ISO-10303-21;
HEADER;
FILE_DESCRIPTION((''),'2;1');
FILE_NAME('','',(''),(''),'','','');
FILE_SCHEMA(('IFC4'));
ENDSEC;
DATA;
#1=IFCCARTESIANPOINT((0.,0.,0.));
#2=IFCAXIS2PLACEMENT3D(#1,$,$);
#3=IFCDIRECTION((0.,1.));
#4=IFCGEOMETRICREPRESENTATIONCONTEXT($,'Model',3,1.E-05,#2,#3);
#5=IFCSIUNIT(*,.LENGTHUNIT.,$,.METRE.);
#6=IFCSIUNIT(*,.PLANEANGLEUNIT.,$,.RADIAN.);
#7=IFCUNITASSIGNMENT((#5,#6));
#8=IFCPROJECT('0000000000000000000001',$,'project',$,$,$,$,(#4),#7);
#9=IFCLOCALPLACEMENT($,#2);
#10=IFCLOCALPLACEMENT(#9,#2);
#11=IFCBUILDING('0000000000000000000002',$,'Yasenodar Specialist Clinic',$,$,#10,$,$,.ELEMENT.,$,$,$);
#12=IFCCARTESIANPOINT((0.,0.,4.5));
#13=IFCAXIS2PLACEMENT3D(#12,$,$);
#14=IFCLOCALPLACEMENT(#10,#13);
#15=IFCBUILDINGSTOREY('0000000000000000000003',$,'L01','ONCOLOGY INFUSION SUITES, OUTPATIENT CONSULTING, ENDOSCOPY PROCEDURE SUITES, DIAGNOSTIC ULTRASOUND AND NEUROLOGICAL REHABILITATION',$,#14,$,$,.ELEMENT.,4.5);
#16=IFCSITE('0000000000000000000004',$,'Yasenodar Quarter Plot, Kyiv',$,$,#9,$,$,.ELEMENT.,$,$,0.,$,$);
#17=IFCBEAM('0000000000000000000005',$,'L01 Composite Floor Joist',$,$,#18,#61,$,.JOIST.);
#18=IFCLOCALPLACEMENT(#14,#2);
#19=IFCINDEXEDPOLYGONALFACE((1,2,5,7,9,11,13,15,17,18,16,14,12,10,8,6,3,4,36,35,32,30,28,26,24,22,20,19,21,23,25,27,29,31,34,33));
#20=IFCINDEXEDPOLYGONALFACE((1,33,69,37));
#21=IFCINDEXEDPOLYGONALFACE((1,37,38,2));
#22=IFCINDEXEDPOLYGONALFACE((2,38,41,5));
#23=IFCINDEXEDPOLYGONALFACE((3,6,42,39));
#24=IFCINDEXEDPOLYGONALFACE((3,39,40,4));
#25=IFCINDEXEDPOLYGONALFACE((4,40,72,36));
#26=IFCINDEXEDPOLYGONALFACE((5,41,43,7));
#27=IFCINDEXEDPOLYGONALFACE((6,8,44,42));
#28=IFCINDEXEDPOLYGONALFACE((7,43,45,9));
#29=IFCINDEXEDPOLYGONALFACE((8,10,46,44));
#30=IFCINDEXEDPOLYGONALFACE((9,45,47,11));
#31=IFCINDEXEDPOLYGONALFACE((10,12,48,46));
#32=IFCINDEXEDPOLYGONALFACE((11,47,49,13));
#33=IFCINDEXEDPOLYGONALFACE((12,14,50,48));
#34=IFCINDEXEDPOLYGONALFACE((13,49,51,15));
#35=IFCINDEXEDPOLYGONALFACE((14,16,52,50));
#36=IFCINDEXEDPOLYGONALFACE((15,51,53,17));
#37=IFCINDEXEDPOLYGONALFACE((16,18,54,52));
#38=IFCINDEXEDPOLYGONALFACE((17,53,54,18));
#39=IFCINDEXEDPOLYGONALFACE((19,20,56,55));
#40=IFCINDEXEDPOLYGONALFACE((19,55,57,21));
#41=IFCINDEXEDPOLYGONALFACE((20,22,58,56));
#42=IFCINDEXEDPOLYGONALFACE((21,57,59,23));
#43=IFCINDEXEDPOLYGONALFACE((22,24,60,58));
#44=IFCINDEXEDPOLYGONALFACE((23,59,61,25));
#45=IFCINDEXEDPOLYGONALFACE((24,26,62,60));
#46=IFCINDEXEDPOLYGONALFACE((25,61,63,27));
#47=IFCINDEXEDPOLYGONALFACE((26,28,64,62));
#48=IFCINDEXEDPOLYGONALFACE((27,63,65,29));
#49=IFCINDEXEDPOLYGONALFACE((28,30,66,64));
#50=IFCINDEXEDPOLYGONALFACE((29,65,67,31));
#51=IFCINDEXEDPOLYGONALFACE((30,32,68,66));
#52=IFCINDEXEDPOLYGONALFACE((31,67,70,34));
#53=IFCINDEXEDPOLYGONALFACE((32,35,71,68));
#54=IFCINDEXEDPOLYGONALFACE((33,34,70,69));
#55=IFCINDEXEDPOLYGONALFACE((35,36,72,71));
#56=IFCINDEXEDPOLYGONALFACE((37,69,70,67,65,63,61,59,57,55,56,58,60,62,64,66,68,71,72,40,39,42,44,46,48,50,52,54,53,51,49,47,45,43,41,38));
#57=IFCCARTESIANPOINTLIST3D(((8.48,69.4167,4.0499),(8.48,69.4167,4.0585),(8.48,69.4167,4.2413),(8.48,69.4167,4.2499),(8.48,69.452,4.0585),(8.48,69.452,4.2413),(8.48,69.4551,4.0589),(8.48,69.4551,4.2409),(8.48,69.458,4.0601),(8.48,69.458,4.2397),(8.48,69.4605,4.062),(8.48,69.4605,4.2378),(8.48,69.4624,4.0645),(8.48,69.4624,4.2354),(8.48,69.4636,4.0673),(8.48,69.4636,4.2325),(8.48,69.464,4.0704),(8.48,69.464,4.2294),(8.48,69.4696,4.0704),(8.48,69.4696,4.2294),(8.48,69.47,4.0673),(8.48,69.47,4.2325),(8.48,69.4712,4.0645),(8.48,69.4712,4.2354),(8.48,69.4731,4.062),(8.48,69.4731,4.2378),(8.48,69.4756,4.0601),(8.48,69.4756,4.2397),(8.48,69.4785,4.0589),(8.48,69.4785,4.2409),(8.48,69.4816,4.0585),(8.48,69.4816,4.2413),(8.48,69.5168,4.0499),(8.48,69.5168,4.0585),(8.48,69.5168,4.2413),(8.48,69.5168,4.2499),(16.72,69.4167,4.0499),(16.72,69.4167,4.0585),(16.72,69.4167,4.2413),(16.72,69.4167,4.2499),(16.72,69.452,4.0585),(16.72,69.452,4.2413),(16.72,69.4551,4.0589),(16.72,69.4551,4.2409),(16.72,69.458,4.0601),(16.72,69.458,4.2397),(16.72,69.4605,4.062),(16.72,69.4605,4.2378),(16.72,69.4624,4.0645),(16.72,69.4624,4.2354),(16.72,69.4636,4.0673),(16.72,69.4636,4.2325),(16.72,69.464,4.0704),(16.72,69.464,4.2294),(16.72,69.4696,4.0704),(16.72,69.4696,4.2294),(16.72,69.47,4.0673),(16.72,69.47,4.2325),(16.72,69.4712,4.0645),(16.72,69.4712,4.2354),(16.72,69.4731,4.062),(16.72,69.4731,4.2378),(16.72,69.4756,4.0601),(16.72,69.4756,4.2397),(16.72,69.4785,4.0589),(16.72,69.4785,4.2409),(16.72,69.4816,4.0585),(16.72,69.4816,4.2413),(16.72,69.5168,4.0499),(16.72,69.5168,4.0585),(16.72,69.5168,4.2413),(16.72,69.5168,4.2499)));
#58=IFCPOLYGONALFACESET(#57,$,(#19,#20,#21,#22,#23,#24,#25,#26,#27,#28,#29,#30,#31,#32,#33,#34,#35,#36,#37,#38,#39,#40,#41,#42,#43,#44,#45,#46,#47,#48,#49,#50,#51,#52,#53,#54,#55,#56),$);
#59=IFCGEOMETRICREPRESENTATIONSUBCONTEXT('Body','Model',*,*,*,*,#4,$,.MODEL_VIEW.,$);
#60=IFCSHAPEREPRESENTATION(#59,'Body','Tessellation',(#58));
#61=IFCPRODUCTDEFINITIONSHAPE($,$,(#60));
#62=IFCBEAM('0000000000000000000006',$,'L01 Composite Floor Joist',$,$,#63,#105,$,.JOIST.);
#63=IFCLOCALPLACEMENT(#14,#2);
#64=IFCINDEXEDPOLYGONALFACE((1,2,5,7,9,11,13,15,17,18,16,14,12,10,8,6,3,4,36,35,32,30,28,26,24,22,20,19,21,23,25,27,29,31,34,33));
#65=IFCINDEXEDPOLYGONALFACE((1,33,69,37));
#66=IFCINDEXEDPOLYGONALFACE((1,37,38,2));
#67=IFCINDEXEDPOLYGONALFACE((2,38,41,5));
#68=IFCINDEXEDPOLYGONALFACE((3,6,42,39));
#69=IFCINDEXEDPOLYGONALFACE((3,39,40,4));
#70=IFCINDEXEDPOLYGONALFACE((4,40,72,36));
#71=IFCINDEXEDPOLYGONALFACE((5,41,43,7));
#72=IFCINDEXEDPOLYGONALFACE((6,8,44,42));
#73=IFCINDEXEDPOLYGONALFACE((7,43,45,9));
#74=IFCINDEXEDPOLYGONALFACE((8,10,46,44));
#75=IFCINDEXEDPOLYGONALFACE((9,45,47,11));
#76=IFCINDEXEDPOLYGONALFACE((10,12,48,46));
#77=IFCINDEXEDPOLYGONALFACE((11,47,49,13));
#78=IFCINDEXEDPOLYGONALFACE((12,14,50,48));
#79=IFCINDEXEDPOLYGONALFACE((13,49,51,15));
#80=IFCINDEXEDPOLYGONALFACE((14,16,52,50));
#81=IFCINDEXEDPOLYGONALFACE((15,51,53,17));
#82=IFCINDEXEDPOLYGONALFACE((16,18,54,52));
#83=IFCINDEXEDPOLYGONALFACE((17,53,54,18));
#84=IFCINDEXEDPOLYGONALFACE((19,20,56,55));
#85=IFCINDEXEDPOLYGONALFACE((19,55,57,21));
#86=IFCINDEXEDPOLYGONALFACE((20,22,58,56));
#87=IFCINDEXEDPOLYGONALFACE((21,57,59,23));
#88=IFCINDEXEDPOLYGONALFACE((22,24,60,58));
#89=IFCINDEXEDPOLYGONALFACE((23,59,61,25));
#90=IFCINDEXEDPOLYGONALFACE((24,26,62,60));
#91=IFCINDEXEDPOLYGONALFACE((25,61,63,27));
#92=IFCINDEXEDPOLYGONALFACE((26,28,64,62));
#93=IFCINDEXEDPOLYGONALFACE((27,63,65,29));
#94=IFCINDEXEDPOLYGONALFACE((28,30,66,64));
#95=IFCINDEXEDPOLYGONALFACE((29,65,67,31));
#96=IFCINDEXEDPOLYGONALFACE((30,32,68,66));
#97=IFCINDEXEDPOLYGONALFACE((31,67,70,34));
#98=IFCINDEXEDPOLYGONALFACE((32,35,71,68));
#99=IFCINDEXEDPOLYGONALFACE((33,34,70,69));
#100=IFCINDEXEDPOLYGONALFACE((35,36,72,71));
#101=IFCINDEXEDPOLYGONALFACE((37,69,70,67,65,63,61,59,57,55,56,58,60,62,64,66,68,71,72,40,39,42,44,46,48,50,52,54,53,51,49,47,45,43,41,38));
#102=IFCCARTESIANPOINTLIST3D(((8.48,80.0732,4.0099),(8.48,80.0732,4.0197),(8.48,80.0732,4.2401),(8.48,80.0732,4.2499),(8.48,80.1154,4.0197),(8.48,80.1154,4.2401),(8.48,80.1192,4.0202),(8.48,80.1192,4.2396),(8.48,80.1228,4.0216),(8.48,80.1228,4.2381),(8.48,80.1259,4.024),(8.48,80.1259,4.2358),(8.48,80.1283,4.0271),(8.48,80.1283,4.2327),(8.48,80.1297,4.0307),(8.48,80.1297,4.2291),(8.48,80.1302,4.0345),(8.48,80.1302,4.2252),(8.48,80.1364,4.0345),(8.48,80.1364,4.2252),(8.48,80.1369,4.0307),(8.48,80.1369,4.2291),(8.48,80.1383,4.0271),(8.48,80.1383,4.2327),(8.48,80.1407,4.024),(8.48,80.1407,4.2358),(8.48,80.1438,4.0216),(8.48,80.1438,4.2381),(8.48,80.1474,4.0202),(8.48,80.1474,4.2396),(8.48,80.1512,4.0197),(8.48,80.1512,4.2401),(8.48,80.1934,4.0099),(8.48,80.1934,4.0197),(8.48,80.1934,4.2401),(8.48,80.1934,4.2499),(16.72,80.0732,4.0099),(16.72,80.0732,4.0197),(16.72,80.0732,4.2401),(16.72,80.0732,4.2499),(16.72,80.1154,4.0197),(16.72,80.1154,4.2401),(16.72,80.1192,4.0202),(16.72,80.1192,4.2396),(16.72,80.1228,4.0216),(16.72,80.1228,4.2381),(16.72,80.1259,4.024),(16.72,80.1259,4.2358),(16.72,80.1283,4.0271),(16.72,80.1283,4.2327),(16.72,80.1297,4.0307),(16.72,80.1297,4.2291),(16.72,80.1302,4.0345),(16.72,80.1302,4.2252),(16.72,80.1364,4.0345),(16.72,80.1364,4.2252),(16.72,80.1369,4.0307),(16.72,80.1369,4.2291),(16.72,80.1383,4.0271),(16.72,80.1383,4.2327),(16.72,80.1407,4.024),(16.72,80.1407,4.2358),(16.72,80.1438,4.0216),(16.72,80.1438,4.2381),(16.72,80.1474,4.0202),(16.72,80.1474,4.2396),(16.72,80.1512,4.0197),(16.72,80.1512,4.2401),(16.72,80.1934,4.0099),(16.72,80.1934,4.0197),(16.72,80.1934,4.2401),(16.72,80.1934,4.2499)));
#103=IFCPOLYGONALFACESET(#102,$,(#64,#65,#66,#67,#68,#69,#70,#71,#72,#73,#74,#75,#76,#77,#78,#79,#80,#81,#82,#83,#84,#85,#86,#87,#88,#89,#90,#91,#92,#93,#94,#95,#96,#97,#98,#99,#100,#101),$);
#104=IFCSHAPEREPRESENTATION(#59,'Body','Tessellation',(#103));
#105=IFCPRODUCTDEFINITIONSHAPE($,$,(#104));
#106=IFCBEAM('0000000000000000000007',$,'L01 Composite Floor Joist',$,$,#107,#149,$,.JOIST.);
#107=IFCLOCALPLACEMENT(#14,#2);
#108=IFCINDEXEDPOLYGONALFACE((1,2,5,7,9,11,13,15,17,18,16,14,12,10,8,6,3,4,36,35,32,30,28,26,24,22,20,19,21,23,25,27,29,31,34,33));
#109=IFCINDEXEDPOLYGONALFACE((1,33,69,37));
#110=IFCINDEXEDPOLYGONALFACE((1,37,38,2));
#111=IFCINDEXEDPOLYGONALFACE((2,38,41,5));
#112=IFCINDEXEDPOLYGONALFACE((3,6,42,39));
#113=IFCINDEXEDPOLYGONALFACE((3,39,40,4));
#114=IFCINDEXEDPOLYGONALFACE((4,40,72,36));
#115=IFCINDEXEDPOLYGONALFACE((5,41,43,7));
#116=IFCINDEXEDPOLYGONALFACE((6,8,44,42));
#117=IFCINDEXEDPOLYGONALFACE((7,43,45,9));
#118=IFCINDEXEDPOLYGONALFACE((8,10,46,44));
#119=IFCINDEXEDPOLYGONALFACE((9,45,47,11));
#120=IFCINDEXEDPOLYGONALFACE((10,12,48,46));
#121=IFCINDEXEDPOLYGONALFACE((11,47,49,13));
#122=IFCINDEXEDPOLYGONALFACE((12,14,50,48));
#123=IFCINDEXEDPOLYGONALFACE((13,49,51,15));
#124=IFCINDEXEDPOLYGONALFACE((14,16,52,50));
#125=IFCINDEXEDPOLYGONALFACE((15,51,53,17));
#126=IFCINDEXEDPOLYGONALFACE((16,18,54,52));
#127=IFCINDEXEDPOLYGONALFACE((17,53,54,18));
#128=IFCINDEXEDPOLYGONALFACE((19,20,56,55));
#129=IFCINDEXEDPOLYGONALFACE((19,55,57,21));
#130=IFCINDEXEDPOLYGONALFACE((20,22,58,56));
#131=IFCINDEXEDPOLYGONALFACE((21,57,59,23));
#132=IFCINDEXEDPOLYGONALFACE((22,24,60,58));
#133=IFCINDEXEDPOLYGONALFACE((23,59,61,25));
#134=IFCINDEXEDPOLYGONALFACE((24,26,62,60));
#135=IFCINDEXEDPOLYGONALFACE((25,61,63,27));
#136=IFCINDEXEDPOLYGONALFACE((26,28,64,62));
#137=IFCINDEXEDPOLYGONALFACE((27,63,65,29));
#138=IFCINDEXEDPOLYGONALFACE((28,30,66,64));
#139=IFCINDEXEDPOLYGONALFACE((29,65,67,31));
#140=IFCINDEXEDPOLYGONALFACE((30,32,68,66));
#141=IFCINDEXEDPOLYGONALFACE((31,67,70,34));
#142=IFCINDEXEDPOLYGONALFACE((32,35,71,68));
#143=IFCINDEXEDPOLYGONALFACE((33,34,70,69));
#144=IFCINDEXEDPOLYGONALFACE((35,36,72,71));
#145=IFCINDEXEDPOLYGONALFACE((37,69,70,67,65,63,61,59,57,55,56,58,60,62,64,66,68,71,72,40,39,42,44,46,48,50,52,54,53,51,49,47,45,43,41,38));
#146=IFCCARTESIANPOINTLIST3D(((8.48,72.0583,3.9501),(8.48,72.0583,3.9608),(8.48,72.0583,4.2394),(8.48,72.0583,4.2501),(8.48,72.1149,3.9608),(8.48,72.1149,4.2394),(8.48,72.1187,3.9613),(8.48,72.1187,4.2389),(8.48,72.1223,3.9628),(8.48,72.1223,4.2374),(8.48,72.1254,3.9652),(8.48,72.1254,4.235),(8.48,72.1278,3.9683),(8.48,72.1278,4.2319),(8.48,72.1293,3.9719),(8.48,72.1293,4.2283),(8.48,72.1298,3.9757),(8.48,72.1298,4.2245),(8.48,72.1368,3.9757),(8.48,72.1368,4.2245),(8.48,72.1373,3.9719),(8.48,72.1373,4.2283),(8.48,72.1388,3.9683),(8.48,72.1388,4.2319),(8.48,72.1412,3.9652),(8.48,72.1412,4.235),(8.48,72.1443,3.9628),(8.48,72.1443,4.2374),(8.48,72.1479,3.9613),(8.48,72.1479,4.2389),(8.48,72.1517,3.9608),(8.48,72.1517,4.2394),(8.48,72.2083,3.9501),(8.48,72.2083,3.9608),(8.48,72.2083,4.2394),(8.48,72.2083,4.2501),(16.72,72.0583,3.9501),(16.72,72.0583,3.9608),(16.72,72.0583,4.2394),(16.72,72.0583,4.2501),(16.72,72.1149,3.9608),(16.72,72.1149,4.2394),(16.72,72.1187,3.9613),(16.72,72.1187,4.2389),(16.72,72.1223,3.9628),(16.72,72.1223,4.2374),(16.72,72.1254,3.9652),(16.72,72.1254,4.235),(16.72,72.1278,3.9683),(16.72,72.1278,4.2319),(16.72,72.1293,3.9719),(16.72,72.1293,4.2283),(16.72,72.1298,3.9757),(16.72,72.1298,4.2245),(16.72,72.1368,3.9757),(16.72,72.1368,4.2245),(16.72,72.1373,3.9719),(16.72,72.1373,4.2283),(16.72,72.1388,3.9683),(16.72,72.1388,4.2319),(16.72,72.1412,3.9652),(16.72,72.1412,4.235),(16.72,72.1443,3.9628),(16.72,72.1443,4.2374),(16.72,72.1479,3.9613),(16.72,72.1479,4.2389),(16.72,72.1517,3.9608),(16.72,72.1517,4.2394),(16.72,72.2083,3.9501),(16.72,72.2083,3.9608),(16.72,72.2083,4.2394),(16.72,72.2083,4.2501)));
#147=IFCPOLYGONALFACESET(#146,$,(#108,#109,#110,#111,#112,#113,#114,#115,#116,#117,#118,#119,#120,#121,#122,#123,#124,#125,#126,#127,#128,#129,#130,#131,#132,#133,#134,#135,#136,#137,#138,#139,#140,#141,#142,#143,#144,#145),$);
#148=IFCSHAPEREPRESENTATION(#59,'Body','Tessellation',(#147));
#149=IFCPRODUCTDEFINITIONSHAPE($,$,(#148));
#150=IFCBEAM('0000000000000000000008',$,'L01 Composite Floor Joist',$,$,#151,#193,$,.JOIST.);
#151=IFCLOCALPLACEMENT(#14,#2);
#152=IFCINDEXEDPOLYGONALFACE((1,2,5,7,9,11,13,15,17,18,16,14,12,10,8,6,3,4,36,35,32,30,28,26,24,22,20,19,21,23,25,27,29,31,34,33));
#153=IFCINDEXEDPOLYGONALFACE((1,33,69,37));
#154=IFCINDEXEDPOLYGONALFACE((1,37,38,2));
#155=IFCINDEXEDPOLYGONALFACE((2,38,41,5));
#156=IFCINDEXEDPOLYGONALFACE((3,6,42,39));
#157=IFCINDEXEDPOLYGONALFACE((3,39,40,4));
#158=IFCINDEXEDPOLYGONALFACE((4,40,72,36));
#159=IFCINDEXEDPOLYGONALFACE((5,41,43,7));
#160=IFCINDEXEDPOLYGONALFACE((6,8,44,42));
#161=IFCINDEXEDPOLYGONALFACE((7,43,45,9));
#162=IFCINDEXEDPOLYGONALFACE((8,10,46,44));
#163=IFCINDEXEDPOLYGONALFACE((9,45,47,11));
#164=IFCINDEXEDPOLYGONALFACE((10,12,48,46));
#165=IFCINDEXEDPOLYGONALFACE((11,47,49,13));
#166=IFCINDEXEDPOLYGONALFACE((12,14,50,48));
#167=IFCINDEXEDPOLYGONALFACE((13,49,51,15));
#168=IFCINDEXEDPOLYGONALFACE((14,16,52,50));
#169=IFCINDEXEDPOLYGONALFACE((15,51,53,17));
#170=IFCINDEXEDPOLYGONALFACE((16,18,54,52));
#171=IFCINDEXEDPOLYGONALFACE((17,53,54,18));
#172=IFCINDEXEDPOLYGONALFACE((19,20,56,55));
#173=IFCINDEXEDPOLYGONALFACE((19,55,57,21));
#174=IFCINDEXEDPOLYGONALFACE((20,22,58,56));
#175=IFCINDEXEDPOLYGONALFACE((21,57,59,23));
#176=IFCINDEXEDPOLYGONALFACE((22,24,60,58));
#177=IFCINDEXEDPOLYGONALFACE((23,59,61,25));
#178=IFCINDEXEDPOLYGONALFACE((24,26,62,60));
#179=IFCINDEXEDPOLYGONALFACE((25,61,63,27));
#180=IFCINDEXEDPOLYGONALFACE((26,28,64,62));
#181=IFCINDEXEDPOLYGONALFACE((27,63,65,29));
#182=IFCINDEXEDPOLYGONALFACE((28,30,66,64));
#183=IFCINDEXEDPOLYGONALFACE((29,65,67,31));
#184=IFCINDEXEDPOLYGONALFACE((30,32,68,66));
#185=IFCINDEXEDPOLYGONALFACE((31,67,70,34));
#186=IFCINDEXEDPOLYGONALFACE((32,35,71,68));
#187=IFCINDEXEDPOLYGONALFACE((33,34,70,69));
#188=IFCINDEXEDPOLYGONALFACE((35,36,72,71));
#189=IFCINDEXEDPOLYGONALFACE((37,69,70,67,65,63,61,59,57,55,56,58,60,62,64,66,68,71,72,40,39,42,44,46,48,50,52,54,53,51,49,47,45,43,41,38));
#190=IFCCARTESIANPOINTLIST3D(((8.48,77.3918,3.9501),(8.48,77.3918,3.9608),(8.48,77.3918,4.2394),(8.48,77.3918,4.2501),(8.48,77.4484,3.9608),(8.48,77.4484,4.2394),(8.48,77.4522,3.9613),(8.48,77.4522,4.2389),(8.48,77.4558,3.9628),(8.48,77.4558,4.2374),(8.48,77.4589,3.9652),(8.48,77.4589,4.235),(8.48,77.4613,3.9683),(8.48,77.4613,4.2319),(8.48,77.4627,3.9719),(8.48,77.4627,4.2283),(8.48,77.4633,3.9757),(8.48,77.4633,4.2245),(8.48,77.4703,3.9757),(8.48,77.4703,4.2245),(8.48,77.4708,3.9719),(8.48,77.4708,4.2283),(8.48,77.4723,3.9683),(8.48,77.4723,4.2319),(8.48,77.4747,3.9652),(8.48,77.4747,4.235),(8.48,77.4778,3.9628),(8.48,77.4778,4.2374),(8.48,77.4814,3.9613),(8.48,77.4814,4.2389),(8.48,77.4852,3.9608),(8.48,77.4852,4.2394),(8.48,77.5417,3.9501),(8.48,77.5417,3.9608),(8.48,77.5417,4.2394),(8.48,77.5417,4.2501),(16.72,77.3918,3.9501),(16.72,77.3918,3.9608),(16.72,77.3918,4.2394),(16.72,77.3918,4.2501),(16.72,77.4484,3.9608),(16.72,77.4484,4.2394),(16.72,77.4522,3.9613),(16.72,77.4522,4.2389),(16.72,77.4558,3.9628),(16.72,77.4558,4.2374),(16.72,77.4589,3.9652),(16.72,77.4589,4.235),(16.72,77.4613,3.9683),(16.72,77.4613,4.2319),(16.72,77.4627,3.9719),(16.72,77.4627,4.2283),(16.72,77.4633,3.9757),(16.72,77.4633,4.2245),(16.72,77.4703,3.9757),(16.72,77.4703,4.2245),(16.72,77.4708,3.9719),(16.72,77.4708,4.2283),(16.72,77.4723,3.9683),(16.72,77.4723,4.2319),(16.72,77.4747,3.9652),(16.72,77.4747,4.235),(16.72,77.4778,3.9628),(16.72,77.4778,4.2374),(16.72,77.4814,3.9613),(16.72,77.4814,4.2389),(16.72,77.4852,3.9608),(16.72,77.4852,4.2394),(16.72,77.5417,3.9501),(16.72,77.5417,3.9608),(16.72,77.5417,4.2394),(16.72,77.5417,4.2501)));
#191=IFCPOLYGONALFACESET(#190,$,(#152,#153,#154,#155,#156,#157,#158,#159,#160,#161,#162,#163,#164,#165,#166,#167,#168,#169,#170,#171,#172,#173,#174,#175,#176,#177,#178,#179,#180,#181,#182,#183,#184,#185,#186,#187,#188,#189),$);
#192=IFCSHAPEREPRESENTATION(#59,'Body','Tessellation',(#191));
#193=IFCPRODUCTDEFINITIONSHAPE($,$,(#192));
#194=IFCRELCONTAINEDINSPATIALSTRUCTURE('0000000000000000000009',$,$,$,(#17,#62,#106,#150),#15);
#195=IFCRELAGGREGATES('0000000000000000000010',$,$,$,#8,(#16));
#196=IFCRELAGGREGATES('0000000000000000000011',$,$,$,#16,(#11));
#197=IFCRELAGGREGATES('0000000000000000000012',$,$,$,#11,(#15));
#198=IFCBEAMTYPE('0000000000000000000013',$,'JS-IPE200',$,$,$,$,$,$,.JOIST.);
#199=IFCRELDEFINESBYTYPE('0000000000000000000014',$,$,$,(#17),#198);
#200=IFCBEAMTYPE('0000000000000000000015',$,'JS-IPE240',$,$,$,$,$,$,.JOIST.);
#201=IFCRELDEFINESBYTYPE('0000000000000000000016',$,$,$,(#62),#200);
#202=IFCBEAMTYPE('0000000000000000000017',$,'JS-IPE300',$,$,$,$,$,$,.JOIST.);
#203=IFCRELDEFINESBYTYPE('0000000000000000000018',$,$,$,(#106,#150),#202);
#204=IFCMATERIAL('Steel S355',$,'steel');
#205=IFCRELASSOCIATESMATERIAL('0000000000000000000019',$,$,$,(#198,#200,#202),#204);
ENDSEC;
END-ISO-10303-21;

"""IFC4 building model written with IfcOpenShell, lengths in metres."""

from ifc_helpers import new_model, si_unit, direction, frame, origin, origin_2d, place, context, subcontext, project, spatial, i_section, extrude, material, material_profile, profile_set, type_object, element, save


model = new_model("IFC4")

# Units and contexts
model_context = context("Model", 3, precision=1e-05, world=origin(), true_north=direction((0.0, 1.0)))
body_context = subcontext(model_context, "Body", "Model", "MODEL_VIEW")
ifc_project = project(units=[si_unit("LENGTHUNIT", "METRE"), si_unit("PLANEANGLEUNIT", "RADIAN")], contexts=[model_context])

# Site, building, storey
site_placement = place(None, origin())
site = spatial("IfcSite", under=ifc_project, at=site_placement, Name="Yasenodar Quarter Plot, Kyiv", CompositionType="ELEMENT", RefElevation=0.0)
building_placement = place(site_placement, origin())
building = spatial("IfcBuilding", under=site, at=building_placement, Name="Yasenodar Specialist Clinic", CompositionType="ELEMENT")
storey_placement = place(building_placement, frame((0.0, 0.0, 4.5)))
storey = spatial("IfcBuildingStorey", under=building, at=storey_placement, Name="L01", Description="ONCOLOGY INFUSION SUITES, OUTPATIENT CONSULTING, ENDOSCOPY PROCEDURE SUITES, DIAGNOSTIC ULTRASOUND AND NEUROLOGICAL REHABILITATION", CompositionType="ELEMENT", Elevation=4.5)

# Shared definitions
ifc_material_1 = material(Name="Steel S355", Category="steel")

# Beams
ifc_material_profile_1 = material_profile(ifc_material_1, i_section(OverallWidth=0.1001, OverallDepth=0.2, WebThickness=0.0056, FlangeThickness=0.0085, FilletRadius=0.012, at=origin_2d()), Name="IPE 200")
ifc_profile_set_1 = profile_set([ifc_material_profile_1], Name="Steel S355")
beam_type_1 = type_object("IfcBeamType", Name="JS-IPE200", PredefinedType="JOIST", material=ifc_profile_set_1)
beam_1_placement = place(storey_placement, frame((8.48, 69.4668, 4.1499), z_axis=(1.0, 0.0, 0.0), x_axis=(0.0, 1.0, 0.0)))
element("IfcBeam", 1, at=beam_1_placement, inside=storey, type_object=beam_type_1, Name="L01 Composite Floor Joist", PredefinedType="JOIST", context=body_context, shape_type="SweptSolid", body=[
    extrude(i_section(OverallWidth=0.1001, OverallDepth=0.2, WebThickness=0.0056, FlangeThickness=0.0085, FilletRadius=0.012, at=origin_2d()), origin(), (0.0, 0.0, 1.0), 8.24),
])
ifc_material_profile_2 = material_profile(ifc_material_1, i_section(OverallWidth=0.1201, OverallDepth=0.24, WebThickness=0.0061, FlangeThickness=0.0098, FilletRadius=0.0149, at=origin_2d()), Name="IPE 240")
ifc_profile_set_2 = profile_set([ifc_material_profile_2], Name="Steel S355")
beam_type_2 = type_object("IfcBeamType", Name="JS-IPE240", PredefinedType="JOIST", material=ifc_profile_set_2)
beam_2_placement = place(storey_placement, frame((8.48, 80.1333, 4.1299), z_axis=(1.0, 0.0, 0.0), x_axis=(0.0, 1.0, 0.0)))
element("IfcBeam", 2, at=beam_2_placement, inside=storey, type_object=beam_type_2, Name="L01 Composite Floor Joist", PredefinedType="JOIST", context=body_context, shape_type="SweptSolid", body=[
    extrude(i_section(OverallWidth=0.1201, OverallDepth=0.24, WebThickness=0.0061, FlangeThickness=0.0098, FilletRadius=0.0149, at=origin_2d()), origin(), (0.0, 0.0, 1.0), 8.24),
])
ifc_material_profile_3 = material_profile(ifc_material_1, i_section(OverallWidth=0.1499, OverallDepth=0.3, WebThickness=0.0071, FlangeThickness=0.0107, FilletRadius=0.0149, at=origin_2d()), Name="IPE 300")
ifc_profile_set_3 = profile_set([ifc_material_profile_3], Name="Steel S355")
beam_type_3 = type_object("IfcBeamType", Name="JS-IPE300", PredefinedType="JOIST", material=ifc_profile_set_3)
for number, where, z_axis, x_axis, name in (
    (3, (8.48, 72.1333, 4.1001), (1.0, 0.0, 0.0), (0.0, 1.0, 0.0), "L01 Composite Floor Joist"),
    (4, (8.48, 77.4668, 4.1001), (1.0, 0.0, 0.0), (0.0, 1.0, 0.0), "L01 Composite Floor Joist"),
):
    element("IfcBeam", number, at=place(storey_placement, frame(where, z_axis=z_axis, x_axis=x_axis)), inside=storey, type_object=beam_type_3, Name=name, PredefinedType="JOIST", context=body_context, shape_type="SweptSolid", body=[
        extrude(i_section(OverallWidth=0.1499, OverallDepth=0.3, WebThickness=0.0071, FlangeThickness=0.0107, FilletRadius=0.0149, at=origin_2d()), origin(), (0.0, 0.0, 1.0), 8.24),
    ])

save(model, "model.ifc")
